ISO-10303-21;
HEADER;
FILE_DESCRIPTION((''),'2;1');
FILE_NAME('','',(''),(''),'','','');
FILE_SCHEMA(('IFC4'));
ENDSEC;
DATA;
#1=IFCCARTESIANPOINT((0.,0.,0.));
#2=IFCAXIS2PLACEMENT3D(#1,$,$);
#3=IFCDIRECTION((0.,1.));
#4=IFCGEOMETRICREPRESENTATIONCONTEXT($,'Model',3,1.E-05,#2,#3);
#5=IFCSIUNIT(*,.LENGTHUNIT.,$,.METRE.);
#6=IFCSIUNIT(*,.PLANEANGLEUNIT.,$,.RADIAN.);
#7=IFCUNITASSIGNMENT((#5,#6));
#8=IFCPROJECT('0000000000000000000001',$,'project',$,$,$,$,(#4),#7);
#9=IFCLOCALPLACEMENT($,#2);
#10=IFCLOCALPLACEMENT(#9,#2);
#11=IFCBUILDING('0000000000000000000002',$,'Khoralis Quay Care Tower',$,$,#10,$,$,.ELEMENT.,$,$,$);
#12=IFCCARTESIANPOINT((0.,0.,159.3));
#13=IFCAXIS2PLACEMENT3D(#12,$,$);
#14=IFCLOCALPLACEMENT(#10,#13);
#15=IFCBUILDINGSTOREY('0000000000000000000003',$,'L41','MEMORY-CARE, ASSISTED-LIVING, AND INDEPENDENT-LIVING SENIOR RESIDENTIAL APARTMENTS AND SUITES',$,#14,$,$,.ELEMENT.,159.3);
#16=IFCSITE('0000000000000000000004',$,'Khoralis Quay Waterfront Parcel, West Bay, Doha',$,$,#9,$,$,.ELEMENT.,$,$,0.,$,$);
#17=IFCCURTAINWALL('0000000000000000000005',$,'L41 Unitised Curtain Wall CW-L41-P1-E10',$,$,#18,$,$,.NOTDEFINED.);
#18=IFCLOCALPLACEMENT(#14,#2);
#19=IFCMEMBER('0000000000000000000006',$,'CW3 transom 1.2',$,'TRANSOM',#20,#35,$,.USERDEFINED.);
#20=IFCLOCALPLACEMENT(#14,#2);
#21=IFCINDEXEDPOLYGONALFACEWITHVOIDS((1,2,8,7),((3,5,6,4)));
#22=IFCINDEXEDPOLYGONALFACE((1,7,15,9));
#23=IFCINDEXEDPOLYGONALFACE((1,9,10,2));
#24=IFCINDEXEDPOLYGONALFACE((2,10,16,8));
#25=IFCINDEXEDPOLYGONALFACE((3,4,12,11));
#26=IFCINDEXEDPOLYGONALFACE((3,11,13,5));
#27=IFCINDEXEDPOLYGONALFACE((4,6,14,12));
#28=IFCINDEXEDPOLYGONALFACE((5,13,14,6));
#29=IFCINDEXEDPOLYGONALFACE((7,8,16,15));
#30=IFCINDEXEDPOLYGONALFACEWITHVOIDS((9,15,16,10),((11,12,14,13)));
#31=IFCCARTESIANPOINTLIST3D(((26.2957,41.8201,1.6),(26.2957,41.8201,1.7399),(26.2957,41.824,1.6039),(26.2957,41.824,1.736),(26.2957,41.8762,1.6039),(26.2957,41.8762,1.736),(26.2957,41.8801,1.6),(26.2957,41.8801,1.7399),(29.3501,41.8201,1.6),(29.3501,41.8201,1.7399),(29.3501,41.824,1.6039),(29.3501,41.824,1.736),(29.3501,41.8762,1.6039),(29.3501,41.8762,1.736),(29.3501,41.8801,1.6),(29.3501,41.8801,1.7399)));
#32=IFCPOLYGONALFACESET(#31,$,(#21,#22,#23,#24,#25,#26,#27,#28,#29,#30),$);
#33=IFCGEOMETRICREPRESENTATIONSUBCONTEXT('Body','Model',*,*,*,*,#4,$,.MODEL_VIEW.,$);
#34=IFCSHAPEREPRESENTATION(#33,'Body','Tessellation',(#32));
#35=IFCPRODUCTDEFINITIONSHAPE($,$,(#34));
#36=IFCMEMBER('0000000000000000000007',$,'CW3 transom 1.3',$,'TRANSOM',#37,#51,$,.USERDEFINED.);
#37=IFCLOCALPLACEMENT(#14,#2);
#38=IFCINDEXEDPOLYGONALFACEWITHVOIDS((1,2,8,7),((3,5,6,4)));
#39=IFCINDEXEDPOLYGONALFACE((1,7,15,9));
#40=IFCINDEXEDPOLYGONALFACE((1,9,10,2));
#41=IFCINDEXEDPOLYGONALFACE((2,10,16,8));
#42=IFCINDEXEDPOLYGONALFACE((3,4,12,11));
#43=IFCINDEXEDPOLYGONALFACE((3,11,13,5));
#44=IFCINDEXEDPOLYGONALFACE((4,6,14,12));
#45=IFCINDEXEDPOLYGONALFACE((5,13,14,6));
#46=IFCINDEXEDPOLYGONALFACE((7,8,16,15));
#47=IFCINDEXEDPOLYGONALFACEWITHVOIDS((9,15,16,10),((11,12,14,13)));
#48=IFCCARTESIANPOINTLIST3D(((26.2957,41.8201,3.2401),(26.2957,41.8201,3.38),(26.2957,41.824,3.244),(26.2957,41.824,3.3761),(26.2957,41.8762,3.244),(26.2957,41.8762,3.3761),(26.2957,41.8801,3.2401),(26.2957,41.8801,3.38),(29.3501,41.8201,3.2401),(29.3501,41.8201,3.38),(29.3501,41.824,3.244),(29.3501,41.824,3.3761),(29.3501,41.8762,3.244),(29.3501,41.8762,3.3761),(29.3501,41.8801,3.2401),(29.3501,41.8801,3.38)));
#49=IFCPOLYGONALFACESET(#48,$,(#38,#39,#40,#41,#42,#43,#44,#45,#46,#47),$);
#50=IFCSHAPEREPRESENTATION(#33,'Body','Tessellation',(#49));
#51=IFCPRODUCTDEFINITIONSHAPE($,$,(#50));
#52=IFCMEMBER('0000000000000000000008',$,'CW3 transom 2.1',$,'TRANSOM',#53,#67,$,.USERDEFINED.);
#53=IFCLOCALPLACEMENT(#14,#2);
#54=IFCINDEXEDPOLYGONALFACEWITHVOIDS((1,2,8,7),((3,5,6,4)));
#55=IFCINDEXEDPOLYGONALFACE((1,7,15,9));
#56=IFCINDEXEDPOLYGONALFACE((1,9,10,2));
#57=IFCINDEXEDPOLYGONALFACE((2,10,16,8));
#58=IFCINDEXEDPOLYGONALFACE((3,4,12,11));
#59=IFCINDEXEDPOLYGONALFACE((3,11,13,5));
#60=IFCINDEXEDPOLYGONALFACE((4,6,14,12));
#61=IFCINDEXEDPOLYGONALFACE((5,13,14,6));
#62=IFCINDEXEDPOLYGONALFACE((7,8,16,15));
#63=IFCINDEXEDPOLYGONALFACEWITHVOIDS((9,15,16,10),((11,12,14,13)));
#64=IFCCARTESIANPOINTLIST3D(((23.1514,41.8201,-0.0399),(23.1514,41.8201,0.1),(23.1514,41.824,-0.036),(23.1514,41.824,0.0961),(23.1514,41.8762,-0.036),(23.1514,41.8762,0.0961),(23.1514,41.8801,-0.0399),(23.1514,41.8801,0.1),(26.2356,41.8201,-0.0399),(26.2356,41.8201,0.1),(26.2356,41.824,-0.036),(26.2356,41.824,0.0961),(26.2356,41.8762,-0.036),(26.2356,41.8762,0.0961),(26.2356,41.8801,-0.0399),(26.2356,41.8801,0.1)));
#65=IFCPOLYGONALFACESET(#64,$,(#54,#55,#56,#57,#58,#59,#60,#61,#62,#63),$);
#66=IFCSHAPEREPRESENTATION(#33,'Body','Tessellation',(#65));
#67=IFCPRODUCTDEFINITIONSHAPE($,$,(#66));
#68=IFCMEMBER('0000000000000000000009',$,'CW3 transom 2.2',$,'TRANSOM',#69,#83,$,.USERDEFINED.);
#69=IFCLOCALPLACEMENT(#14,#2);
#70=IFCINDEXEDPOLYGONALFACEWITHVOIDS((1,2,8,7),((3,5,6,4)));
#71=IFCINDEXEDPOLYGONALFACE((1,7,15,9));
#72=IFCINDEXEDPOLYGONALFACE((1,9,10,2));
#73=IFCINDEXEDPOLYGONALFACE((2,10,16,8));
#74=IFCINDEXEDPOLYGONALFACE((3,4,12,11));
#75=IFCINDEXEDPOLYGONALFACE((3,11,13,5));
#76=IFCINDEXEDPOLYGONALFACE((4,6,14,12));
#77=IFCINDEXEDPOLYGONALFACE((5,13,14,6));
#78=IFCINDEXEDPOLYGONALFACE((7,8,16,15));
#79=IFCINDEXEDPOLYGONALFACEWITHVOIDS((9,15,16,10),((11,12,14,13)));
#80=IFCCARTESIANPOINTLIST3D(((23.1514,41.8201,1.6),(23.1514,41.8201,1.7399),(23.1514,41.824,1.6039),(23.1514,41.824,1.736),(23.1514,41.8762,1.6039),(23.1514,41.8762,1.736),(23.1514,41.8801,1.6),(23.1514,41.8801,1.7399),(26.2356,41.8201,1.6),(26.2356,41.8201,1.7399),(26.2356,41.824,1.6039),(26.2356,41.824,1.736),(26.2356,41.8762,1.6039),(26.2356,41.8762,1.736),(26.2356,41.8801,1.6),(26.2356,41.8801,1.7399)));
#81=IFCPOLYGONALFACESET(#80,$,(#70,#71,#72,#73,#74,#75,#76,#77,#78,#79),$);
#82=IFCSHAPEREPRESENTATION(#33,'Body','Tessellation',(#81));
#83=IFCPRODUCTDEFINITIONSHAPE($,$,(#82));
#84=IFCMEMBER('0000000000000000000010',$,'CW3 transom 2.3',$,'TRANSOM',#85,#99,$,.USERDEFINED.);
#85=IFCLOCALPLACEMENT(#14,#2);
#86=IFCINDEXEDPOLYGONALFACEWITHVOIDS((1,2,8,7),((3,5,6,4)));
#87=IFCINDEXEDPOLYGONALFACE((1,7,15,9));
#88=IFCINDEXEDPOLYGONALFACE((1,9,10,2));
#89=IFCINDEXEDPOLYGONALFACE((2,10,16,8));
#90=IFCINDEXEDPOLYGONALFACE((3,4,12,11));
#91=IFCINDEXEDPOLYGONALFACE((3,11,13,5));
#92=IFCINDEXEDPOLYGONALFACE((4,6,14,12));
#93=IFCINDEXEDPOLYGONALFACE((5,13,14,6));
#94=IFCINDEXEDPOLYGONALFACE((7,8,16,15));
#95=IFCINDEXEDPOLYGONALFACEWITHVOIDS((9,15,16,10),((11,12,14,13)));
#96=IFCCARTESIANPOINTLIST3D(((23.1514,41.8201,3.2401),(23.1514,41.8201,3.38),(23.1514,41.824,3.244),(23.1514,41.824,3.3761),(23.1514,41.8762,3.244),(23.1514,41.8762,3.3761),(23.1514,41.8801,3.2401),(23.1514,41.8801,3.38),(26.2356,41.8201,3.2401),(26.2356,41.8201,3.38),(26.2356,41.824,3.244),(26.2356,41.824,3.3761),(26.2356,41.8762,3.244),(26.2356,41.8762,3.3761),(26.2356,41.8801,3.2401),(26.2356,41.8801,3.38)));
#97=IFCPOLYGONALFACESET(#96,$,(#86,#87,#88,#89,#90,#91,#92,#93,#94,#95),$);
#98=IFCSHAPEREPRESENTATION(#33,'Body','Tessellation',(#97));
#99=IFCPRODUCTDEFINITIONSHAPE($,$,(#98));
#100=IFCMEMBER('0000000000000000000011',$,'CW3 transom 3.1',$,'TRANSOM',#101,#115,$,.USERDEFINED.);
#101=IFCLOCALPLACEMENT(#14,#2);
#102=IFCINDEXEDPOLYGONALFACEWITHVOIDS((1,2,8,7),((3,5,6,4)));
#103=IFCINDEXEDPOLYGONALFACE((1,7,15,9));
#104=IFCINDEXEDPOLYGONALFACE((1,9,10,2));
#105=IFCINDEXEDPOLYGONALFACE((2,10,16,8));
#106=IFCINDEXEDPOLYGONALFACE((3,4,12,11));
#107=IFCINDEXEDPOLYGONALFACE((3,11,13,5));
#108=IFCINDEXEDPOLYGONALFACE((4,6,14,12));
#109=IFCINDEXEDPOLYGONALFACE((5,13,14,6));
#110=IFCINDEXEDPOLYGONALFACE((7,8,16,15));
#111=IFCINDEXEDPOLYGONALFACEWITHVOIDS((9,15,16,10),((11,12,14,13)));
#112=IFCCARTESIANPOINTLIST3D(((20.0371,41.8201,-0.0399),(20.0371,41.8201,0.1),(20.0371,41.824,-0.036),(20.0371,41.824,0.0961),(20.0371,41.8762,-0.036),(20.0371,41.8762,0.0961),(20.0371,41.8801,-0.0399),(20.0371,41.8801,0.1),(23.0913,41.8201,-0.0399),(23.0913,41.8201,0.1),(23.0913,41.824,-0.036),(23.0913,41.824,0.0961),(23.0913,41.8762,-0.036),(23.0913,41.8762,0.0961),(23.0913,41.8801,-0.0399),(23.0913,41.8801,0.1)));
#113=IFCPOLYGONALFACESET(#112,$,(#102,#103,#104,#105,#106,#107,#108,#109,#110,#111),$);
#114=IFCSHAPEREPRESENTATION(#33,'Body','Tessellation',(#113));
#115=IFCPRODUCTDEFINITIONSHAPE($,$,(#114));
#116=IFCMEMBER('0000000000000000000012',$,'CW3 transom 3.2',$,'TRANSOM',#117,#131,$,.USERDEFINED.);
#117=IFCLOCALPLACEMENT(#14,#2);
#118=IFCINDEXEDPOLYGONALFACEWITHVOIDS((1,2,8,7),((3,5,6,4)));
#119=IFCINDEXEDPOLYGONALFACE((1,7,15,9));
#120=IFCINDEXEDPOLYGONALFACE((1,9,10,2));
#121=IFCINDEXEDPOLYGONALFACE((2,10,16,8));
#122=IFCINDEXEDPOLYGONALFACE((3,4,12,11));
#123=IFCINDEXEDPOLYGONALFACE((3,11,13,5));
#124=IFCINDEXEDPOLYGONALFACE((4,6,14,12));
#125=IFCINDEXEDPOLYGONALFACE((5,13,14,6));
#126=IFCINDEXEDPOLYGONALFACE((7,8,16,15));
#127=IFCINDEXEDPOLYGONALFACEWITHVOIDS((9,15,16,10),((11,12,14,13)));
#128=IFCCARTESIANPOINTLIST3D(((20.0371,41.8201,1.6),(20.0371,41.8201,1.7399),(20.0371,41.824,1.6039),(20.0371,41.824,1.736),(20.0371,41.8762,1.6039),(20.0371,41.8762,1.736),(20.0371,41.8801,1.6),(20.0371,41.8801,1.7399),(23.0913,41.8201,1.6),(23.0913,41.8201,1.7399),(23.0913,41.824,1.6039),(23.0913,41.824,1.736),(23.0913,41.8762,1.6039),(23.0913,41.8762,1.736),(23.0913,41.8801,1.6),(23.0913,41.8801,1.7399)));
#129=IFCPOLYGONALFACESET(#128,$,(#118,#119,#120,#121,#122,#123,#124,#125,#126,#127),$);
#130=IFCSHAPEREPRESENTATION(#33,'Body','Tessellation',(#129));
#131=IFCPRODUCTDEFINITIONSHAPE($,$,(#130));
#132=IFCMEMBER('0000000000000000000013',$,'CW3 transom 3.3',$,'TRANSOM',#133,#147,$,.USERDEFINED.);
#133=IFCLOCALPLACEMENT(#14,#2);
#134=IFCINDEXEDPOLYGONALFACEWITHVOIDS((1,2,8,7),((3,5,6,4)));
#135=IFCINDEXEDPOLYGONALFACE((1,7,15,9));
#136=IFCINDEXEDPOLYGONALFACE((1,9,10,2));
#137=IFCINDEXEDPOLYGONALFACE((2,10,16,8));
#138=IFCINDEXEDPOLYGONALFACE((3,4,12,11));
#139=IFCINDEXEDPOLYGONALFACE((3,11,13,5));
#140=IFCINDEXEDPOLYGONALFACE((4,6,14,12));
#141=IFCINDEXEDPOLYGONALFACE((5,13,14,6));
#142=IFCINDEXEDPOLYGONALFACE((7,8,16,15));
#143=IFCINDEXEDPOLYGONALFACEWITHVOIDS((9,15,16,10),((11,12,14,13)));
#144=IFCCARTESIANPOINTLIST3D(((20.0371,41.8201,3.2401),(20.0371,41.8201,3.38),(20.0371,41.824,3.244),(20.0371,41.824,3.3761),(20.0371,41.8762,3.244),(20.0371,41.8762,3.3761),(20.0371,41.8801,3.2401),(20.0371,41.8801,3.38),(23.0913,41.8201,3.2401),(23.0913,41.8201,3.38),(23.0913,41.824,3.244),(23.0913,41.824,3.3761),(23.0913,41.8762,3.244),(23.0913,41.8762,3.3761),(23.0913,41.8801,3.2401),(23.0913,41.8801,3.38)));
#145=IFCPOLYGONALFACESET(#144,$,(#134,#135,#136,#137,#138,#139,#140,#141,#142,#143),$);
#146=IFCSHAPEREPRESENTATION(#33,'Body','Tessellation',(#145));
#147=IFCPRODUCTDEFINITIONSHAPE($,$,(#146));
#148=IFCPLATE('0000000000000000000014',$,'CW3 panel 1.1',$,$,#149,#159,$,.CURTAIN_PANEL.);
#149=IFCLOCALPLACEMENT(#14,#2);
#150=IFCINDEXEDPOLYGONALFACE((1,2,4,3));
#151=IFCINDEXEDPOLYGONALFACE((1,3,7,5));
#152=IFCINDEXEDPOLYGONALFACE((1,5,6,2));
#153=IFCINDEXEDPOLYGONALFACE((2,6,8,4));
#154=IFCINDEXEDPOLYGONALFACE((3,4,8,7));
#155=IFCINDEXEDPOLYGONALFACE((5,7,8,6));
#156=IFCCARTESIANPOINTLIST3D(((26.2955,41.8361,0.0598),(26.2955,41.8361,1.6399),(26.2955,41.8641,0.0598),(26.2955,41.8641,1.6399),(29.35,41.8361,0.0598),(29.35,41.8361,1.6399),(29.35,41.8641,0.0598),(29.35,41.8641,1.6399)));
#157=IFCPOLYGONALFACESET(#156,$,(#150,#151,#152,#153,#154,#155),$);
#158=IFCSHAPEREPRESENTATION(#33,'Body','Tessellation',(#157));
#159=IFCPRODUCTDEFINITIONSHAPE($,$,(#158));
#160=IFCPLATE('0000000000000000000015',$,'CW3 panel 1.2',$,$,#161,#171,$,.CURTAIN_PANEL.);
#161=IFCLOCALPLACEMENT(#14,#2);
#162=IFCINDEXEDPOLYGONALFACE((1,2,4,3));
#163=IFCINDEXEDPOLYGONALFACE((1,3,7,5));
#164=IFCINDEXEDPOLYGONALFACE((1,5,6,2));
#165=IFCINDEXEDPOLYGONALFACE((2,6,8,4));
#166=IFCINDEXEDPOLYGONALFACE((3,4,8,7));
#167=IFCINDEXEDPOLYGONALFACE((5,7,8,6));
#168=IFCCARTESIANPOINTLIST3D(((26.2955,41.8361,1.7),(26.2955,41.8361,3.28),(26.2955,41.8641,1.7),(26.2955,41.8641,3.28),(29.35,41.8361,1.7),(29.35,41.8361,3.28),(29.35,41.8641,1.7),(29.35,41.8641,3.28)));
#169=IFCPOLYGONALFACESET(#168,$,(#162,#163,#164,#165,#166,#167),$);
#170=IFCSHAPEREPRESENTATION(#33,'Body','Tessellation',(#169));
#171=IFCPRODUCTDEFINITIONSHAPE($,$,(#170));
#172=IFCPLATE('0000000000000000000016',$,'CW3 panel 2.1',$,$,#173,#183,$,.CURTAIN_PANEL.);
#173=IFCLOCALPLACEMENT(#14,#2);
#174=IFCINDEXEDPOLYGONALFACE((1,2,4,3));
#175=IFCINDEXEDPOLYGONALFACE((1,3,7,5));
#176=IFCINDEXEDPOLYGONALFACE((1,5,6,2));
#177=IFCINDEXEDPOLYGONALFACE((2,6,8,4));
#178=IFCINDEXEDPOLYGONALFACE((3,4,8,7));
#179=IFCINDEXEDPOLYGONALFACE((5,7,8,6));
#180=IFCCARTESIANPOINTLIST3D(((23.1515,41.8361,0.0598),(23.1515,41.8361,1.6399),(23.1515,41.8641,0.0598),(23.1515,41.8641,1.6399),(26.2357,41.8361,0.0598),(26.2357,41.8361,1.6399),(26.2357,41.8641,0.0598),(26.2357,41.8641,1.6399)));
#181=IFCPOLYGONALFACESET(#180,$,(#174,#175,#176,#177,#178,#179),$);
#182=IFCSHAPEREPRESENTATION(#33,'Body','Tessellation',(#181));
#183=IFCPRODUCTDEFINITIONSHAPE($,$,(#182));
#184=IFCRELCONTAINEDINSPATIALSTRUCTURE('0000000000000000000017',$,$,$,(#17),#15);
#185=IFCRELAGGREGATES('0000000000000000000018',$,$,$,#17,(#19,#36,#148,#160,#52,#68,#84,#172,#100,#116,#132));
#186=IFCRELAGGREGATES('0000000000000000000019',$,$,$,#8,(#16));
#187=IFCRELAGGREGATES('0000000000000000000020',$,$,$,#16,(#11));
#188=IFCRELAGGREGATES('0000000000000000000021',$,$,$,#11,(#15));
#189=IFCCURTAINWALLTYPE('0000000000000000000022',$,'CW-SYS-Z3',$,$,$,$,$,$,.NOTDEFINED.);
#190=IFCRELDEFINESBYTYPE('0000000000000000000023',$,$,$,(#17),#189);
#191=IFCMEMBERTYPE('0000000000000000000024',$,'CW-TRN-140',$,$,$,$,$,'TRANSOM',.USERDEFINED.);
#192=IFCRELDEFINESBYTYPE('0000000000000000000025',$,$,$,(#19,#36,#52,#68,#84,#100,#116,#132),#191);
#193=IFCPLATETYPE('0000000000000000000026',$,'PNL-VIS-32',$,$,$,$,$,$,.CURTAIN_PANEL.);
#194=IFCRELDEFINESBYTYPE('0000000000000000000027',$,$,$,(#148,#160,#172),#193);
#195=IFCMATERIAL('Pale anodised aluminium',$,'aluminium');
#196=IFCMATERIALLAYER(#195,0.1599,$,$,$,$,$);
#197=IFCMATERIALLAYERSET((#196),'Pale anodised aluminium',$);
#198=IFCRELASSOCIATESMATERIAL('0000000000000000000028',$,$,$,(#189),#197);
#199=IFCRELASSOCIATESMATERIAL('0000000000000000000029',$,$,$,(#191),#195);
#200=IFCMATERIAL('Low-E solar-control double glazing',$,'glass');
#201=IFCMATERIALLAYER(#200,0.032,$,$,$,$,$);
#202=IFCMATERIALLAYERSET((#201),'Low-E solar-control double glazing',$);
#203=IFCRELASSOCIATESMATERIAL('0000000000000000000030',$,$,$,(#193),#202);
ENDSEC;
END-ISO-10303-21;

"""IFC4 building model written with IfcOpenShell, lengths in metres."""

from ifc_helpers import new_model, si_unit, direction, frame, origin, origin_2d, place, context, subcontext, project, spatial, rectangle, hollow_rectangle, extrude, source, transform, mapped, material, layer, layer_set, material_profile, profile_set, type_object, element, aggregate, save


model = new_model("IFC4")

# Units and contexts
model_context = context("Model", 3, precision=1e-05, world=origin(), true_north=direction((0.0, 1.0)))
body_context = subcontext(model_context, "Body", "Model", "MODEL_VIEW")
ifc_project = project(units=[si_unit("LENGTHUNIT", "METRE"), si_unit("PLANEANGLEUNIT", "RADIAN")], contexts=[model_context])

# Site, building, storey
site_placement = place(None, origin())
site = spatial("IfcSite", under=ifc_project, at=site_placement, Name="Khoralis Quay Waterfront Parcel, West Bay, Doha", CompositionType="ELEMENT", RefElevation=0.0)
building_placement = place(site_placement, origin())
building = spatial("IfcBuilding", under=site, at=building_placement, Name="Khoralis Quay Care Tower", CompositionType="ELEMENT")
storey_placement = place(building_placement, frame((0.0, 0.0, 159.3)))
storey = spatial("IfcBuildingStorey", under=building, at=storey_placement, Name="L41", Description="MEMORY-CARE, ASSISTED-LIVING, AND INDEPENDENT-LIVING SENIOR RESIDENTIAL APARTMENTS AND SUITES", CompositionType="ELEMENT", Elevation=159.3)

# Curtain wall, members, plates
ifc_material_1 = material(Name="Pale anodised aluminium", Category="aluminium")
ifc_layer_1 = layer(ifc_material_1, 0.1599)
ifc_layer_set_1 = layer_set([ifc_layer_1], Name="Pale anodised aluminium")
curtain_wall_type = type_object("IfcCurtainWallType", Name="CW-SYS-Z3", PredefinedType="NOTDEFINED", material=ifc_layer_set_1)
curtain_wall_placement = place(storey_placement, origin())
curtain_wall = element("IfcCurtainWall", 1, at=curtain_wall_placement, inside=storey, type_object=curtain_wall_type, Name="L41 Unitised Curtain Wall CW-L41-P1-E10", PredefinedType="NOTDEFINED")
ifc_material_profile_1 = material_profile(ifc_material_1, hollow_rectangle(XDim=0.0601, YDim=0.1399, WallThickness=0.0039, at=origin_2d()), Name="Pale anodised aluminium")
ifc_profile_set_1 = profile_set([ifc_material_profile_1], Name="Pale anodised aluminium")
member_type_1 = type_object("IfcMemberType", Name="CW-TRN-140", ElementType="TRANSOM", PredefinedType="USERDEFINED", material=ifc_profile_set_1)
shared_shape_1 = source(origin(), body_context, "Body", "SweptSolid", [
    extrude(hollow_rectangle(XDim=0.0601, YDim=0.1399, WallThickness=0.0039, at=origin_2d()), origin(), (0.0, 0.0, 1.0), 3.0544),
])
member_1_placement = place(storey_placement, frame((29.3501, 41.8501, 1.6699), z_axis=(-1.0, 0.0, 0.0), x_axis=(0.0, -1.0, 0.0)))
member_1 = element("IfcMember", 2, at=member_1_placement, type_object=member_type_1, Name="CW3 transom 1.2", ObjectType="TRANSOM", PredefinedType="USERDEFINED", context=body_context, shape_type="MappedRepresentation", body=[
    mapped(shared_shape_1, transform((0.0, 0.0, 0.0), scale=1.0)),
])
member_2_placement = place(storey_placement, frame((29.3501, 41.8501, 3.3101), z_axis=(-1.0, 0.0, 0.0), x_axis=(0.0, -1.0, 0.0)))
member_2 = element("IfcMember", 3, at=member_2_placement, type_object=member_type_1, Name="CW3 transom 1.3", ObjectType="TRANSOM", PredefinedType="USERDEFINED", context=body_context, shape_type="MappedRepresentation", body=[
    mapped(shared_shape_1, transform((0.0, 0.0, 0.0), scale=1.0)),
])
shared_shape_2 = source(origin(), body_context, "Body", "SweptSolid", [
    extrude(hollow_rectangle(XDim=0.0601, YDim=0.1399, WallThickness=0.0039, at=origin_2d()), origin(), (0.0, 0.0, 1.0), 3.0842),
])
member_3_placement = place(storey_placement, frame((26.2356, 41.8501, 0.03), z_axis=(-1.0, 0.0, 0.0), x_axis=(0.0, -1.0, 0.0)))
member_3 = element("IfcMember", 4, at=member_3_placement, type_object=member_type_1, Name="CW3 transom 2.1", ObjectType="TRANSOM", PredefinedType="USERDEFINED", context=body_context, shape_type="MappedRepresentation", body=[
    mapped(shared_shape_2, transform((0.0, 0.0, 0.0), scale=1.0)),
])
member_4_placement = place(storey_placement, frame((26.2356, 41.8501, 1.6699), z_axis=(-1.0, 0.0, 0.0), x_axis=(0.0, -1.0, 0.0)))
member_4 = element("IfcMember", 5, at=member_4_placement, type_object=member_type_1, Name="CW3 transom 2.2", ObjectType="TRANSOM", PredefinedType="USERDEFINED", context=body_context, shape_type="MappedRepresentation", body=[
    mapped(shared_shape_2, transform((0.0, 0.0, 0.0), scale=1.0)),
])
member_5_placement = place(storey_placement, frame((26.2356, 41.8501, 3.3101), z_axis=(-1.0, 0.0, 0.0), x_axis=(0.0, -1.0, 0.0)))
member_5 = element("IfcMember", 6, at=member_5_placement, type_object=member_type_1, Name="CW3 transom 2.3", ObjectType="TRANSOM", PredefinedType="USERDEFINED", context=body_context, shape_type="MappedRepresentation", body=[
    mapped(shared_shape_2, transform((0.0, 0.0, 0.0), scale=1.0)),
])
shared_shape_3 = source(origin(), body_context, "Body", "SweptSolid", [
    extrude(hollow_rectangle(XDim=0.0601, YDim=0.1399, WallThickness=0.0039, at=origin_2d()), origin(), (0.0, 0.0, 1.0), 3.0542),
])
member_6_placement = place(storey_placement, frame((23.0913, 41.8501, 0.03), z_axis=(-1.0, 0.0, 0.0), x_axis=(0.0, -1.0, 0.0)))
member_6 = element("IfcMember", 7, at=member_6_placement, type_object=member_type_1, Name="CW3 transom 3.1", ObjectType="TRANSOM", PredefinedType="USERDEFINED", context=body_context, shape_type="MappedRepresentation", body=[
    mapped(shared_shape_3, transform((0.0, 0.0, 0.0), scale=1.0)),
])
member_7_placement = place(storey_placement, frame((23.0913, 41.8501, 1.6699), z_axis=(-1.0, 0.0, 0.0), x_axis=(0.0, -1.0, 0.0)))
member_7 = element("IfcMember", 8, at=member_7_placement, type_object=member_type_1, Name="CW3 transom 3.2", ObjectType="TRANSOM", PredefinedType="USERDEFINED", context=body_context, shape_type="MappedRepresentation", body=[
    mapped(shared_shape_3, transform((0.0, 0.0, 0.0), scale=1.0)),
])
member_8_placement = place(storey_placement, frame((23.0913, 41.8501, 3.3101), z_axis=(-1.0, 0.0, 0.0), x_axis=(0.0, -1.0, 0.0)))
member_8 = element("IfcMember", 9, at=member_8_placement, type_object=member_type_1, Name="CW3 transom 3.3", ObjectType="TRANSOM", PredefinedType="USERDEFINED", context=body_context, shape_type="MappedRepresentation", body=[
    mapped(shared_shape_3, transform((0.0, 0.0, 0.0), scale=1.0)),
])
ifc_material_2 = material(Name="Low-E solar-control double glazing", Category="glass")
ifc_layer_2 = layer(ifc_material_2, 0.032)
ifc_layer_set_2 = layer_set([ifc_layer_2], Name="Low-E solar-control double glazing")
plate_type = type_object("IfcPlateType", Name="PNL-VIS-32", PredefinedType="CURTAIN_PANEL", material=ifc_layer_set_2)
shared_shape_4 = source(origin(), body_context, "Body", "SweptSolid", [
    extrude(rectangle(XDim=3.0544, YDim=0.0281, at=origin_2d()), origin(), (0.0, 0.0, 1.0), 1.5801),
])
plate_1_placement = place(storey_placement, frame((27.8228, 41.8501, 0.0598), z_axis=(0.0, 0.0, 1.0), x_axis=(-1.0, 0.0, 0.0)))
plate_1 = element("IfcPlate", 10, at=plate_1_placement, type_object=plate_type, Name="CW3 panel 1.1", PredefinedType="CURTAIN_PANEL", context=body_context, shape_type="MappedRepresentation", body=[
    mapped(shared_shape_4, transform((0.0, 0.0, 0.0), scale=1.0)),
])
plate_2_placement = place(storey_placement, frame((27.8228, 41.8501, 1.7), z_axis=(0.0, 0.0, 1.0), x_axis=(-1.0, 0.0, 0.0)))
plate_2 = element("IfcPlate", 11, at=plate_2_placement, type_object=plate_type, Name="CW3 panel 1.2", PredefinedType="CURTAIN_PANEL", context=body_context, shape_type="MappedRepresentation", body=[
    mapped(shared_shape_4, transform((0.0, 0.0, 0.0), scale=1.0)),
])
shared_shape_5 = source(origin(), body_context, "Body", "SweptSolid", [
    extrude(rectangle(XDim=3.0842, YDim=0.0281, at=origin_2d()), origin(), (0.0, 0.0, 1.0), 1.5801),
])
plate_3_placement = place(storey_placement, frame((24.6936, 41.8501, 0.0598), z_axis=(0.0, 0.0, 1.0), x_axis=(-1.0, 0.0, 0.0)))
plate_3 = element("IfcPlate", 12, at=plate_3_placement, type_object=plate_type, Name="CW3 panel 2.1", PredefinedType="CURTAIN_PANEL", context=body_context, shape_type="MappedRepresentation", body=[
    mapped(shared_shape_5, transform((0.0, 0.0, 0.0), scale=1.0)),
])
aggregate(curtain_wall, [member_1, member_2, plate_1, plate_2, member_3, member_4, member_5, plate_3, member_6, member_7, member_8])

save(model, "model.ifc")
